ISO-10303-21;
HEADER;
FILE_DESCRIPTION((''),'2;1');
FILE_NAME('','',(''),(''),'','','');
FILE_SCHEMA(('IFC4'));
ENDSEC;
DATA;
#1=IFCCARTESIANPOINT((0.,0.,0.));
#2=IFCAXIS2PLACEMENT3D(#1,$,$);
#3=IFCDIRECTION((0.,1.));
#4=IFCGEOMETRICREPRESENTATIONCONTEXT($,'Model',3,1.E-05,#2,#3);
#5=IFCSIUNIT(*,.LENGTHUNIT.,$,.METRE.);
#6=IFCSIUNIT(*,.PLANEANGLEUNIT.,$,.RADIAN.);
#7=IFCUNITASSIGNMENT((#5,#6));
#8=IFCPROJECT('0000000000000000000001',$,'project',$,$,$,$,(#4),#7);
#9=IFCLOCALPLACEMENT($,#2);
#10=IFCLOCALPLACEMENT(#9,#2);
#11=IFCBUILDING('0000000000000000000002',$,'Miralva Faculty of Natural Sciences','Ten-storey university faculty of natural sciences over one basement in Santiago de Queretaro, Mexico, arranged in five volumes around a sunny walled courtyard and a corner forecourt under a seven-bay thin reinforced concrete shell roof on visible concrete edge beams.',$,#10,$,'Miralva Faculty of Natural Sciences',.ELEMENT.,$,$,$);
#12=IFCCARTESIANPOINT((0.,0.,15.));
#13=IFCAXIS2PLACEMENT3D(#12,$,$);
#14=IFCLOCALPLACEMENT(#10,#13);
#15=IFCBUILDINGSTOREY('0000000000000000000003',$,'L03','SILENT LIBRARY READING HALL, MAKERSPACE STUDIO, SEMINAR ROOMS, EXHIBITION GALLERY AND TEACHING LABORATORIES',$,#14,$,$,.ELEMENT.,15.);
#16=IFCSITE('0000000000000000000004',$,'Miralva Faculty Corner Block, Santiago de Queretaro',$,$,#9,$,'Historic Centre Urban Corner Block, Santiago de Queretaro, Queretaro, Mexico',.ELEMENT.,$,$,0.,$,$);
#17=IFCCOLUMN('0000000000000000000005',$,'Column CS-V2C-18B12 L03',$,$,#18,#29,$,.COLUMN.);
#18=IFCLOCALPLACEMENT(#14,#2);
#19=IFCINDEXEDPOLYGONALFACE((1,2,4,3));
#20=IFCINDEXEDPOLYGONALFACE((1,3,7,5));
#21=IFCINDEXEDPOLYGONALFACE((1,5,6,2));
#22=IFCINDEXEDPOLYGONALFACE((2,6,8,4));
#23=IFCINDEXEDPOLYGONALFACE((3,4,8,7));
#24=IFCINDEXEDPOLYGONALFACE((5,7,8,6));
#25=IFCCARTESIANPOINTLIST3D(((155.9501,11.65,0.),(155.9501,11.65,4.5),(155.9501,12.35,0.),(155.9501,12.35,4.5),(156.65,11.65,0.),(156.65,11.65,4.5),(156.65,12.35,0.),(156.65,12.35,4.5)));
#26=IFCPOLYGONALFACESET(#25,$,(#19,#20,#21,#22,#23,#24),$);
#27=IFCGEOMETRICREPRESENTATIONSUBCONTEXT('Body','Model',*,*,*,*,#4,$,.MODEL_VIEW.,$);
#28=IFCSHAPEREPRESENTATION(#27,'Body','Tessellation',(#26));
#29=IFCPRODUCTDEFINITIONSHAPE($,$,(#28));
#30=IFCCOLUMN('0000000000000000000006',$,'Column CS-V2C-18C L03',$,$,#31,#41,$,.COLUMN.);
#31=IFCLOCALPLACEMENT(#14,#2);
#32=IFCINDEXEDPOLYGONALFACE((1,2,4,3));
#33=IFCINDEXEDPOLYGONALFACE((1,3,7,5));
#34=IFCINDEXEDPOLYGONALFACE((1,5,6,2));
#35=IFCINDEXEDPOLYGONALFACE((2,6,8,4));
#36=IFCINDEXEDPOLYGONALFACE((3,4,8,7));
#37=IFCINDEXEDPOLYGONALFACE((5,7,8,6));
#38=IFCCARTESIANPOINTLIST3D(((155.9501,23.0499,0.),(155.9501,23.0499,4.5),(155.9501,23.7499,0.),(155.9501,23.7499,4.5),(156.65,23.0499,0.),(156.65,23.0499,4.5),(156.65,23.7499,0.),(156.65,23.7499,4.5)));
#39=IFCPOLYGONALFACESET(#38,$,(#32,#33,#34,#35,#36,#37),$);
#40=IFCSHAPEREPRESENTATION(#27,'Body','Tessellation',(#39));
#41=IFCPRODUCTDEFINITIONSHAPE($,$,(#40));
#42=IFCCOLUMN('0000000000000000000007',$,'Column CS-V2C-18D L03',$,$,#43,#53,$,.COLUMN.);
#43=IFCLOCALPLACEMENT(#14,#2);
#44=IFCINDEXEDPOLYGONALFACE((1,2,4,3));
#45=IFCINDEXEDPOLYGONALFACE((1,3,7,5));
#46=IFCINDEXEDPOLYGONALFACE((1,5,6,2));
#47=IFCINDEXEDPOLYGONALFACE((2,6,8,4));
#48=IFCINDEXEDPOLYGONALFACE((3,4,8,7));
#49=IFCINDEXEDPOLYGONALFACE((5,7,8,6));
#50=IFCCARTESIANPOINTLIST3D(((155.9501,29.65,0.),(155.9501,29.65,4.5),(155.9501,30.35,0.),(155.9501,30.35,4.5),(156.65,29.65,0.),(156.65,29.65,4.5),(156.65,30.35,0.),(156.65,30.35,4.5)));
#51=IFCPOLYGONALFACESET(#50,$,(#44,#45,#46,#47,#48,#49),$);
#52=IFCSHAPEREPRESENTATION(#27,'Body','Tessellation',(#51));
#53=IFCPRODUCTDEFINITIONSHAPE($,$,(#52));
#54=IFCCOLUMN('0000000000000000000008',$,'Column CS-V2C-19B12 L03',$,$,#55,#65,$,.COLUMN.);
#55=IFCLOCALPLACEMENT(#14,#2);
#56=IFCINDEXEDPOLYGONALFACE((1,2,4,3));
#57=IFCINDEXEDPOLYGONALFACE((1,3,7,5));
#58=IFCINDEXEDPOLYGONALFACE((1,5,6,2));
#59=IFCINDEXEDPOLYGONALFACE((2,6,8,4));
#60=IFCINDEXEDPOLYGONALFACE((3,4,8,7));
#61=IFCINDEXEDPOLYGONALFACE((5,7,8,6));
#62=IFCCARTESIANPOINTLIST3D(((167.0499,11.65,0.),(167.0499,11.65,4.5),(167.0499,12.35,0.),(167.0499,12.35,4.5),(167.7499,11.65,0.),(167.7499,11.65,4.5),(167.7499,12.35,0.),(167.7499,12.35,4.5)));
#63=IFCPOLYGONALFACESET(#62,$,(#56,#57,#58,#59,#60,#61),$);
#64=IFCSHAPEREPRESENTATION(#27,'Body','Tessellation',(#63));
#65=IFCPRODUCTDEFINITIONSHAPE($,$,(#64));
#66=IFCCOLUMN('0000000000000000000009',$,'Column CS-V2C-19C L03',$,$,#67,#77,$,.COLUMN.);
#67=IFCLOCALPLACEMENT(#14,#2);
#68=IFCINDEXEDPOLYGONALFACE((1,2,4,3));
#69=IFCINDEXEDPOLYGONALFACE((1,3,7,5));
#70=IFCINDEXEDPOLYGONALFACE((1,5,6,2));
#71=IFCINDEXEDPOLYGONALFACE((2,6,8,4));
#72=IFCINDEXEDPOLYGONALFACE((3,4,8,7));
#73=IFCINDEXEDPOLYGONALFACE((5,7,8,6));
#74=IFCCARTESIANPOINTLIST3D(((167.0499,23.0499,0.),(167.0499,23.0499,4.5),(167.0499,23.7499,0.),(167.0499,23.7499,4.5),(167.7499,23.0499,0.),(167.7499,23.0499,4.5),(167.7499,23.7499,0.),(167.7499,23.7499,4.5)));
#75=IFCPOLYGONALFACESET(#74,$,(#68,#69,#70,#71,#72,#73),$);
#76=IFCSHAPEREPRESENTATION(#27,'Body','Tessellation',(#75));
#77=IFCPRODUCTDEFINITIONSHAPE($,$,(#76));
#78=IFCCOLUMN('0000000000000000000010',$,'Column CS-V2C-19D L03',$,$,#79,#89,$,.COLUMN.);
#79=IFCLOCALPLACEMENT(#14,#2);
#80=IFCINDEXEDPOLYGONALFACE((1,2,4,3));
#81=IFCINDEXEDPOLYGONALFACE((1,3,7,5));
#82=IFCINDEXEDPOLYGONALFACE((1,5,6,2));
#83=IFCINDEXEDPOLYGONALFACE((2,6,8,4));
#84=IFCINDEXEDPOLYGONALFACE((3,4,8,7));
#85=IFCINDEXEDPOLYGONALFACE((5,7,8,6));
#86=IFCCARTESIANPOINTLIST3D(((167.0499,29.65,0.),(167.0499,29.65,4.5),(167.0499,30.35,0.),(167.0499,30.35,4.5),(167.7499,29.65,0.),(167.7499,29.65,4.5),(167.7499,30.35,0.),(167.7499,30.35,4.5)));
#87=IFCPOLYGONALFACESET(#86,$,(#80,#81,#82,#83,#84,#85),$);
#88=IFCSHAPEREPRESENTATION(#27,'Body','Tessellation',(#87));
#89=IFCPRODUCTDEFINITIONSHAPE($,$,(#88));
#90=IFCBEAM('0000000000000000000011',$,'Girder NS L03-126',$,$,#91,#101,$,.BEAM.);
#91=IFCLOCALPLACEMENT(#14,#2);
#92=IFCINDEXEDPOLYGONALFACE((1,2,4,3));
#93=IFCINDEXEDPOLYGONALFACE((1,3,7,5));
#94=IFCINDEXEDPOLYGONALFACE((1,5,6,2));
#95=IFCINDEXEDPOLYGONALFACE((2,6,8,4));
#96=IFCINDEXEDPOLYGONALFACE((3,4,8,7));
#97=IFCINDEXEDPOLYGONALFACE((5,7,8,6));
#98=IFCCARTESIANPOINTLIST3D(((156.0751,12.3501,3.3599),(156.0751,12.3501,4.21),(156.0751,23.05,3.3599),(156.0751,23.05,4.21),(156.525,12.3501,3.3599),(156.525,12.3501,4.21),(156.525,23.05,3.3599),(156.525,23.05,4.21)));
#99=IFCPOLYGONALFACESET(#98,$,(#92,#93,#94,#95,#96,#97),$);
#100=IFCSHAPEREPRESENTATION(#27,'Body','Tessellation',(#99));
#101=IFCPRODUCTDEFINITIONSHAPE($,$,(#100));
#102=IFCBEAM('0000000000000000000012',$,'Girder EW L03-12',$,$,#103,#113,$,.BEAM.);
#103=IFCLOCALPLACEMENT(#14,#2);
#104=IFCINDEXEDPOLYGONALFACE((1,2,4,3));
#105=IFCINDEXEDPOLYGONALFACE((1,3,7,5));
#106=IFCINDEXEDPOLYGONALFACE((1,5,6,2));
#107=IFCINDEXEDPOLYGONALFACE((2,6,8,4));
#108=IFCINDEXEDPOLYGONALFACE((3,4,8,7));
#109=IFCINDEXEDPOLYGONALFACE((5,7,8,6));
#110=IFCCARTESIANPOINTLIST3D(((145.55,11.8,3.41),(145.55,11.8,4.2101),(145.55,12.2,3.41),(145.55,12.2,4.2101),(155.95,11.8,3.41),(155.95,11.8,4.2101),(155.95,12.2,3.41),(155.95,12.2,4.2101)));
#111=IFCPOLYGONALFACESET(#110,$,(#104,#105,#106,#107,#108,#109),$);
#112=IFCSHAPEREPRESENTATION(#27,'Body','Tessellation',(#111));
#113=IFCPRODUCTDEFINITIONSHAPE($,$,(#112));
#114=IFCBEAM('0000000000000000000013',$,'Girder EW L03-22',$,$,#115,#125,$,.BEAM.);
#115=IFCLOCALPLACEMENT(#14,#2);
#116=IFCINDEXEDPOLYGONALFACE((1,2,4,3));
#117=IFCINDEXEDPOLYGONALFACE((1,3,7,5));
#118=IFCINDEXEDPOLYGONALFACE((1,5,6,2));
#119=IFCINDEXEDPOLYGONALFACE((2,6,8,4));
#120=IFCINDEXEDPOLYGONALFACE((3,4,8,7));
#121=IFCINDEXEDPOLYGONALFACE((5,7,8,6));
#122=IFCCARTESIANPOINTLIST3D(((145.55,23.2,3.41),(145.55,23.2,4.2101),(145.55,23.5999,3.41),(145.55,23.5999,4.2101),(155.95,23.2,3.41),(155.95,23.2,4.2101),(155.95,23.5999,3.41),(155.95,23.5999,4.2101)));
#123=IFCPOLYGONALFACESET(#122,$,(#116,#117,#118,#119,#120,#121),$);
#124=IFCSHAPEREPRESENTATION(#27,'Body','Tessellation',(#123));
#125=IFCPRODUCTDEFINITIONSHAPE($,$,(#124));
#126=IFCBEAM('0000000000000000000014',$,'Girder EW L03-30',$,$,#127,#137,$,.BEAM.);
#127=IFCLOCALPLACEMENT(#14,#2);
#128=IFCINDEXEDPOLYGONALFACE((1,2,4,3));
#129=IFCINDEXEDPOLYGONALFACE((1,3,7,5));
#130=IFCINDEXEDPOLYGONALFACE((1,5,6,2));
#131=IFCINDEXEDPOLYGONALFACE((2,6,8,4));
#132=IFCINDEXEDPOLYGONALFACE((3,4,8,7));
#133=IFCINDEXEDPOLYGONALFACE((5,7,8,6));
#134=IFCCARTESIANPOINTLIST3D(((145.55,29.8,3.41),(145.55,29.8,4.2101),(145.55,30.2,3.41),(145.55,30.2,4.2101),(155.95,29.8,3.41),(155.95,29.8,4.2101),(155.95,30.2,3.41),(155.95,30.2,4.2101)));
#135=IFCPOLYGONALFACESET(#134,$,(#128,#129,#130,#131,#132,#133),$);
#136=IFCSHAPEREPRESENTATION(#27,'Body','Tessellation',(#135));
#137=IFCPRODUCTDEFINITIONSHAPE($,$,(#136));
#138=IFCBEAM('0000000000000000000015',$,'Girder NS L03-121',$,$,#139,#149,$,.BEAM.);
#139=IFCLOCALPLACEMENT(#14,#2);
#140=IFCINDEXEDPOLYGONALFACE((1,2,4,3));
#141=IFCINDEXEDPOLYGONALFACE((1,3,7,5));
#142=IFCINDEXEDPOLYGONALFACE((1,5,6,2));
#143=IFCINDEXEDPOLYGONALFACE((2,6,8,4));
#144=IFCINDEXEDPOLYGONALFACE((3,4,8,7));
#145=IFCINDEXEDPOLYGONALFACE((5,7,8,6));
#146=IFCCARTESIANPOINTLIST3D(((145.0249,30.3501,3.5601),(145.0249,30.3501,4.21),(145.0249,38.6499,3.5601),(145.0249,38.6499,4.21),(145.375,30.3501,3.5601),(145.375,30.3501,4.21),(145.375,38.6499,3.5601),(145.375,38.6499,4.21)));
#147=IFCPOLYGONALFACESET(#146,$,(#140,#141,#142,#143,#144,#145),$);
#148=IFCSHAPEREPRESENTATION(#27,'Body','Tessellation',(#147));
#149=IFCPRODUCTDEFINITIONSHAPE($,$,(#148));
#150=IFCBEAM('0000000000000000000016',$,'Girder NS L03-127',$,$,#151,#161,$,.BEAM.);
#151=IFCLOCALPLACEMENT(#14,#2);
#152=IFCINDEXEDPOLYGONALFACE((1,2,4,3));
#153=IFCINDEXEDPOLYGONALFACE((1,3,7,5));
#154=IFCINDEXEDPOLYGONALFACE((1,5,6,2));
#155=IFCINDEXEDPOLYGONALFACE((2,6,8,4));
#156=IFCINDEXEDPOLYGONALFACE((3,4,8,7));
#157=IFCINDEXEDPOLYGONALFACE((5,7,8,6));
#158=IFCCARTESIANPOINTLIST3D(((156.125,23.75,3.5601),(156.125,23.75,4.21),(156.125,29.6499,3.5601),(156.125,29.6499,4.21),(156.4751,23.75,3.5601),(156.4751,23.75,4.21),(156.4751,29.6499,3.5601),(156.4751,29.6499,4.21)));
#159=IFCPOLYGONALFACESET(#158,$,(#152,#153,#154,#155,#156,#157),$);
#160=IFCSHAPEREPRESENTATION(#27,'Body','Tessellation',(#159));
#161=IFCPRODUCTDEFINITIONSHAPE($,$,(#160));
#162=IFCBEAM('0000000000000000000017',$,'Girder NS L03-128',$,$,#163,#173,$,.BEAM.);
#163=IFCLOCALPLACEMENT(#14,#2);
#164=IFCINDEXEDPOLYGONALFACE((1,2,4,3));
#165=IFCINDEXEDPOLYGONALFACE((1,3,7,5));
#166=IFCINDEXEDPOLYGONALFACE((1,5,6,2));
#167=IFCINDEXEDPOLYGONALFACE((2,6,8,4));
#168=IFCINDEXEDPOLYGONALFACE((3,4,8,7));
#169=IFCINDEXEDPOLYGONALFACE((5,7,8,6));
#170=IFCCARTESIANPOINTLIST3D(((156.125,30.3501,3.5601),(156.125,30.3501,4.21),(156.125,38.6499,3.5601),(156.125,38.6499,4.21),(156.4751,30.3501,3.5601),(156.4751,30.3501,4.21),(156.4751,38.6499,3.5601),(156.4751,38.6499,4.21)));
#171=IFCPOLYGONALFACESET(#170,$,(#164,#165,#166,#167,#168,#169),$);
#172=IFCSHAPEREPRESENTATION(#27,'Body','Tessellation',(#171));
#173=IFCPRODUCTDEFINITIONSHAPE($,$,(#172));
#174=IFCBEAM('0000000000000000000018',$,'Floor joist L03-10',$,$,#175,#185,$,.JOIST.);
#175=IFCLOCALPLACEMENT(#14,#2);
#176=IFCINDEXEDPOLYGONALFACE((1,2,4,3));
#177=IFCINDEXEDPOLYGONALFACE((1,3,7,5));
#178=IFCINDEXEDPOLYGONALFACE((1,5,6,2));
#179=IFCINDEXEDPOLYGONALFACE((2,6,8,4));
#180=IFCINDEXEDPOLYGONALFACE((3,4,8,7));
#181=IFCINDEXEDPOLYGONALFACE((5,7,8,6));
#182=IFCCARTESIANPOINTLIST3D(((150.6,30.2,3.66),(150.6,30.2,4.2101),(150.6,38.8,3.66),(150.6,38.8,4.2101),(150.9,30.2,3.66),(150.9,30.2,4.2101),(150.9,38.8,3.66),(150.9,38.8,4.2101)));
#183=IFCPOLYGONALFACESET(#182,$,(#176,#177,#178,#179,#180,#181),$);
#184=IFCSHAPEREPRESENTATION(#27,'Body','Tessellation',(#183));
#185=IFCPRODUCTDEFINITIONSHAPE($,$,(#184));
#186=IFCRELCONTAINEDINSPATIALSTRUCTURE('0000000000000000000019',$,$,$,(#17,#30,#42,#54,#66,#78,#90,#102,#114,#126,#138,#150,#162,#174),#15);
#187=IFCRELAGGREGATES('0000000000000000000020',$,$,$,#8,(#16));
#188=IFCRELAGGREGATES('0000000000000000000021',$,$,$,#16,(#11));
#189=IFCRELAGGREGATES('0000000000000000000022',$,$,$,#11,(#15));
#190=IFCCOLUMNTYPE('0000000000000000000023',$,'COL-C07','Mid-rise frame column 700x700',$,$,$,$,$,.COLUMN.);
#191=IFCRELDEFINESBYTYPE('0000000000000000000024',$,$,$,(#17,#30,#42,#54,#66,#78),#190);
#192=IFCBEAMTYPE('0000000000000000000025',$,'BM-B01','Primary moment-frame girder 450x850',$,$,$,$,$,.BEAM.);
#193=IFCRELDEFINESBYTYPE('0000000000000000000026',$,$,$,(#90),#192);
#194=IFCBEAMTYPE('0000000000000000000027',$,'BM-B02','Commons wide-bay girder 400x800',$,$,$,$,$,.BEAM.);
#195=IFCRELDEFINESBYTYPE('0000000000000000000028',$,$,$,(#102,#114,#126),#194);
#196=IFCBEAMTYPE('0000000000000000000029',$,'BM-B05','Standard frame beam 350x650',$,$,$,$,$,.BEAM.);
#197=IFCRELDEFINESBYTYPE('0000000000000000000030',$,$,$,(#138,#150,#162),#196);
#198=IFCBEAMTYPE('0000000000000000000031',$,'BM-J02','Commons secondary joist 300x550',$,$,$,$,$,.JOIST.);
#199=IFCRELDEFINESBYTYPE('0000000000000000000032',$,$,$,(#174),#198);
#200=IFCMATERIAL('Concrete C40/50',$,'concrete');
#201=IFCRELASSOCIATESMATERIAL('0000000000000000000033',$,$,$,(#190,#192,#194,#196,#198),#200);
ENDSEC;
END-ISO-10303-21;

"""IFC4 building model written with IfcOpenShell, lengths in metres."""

from ifc_helpers import new_model, si_unit, direction, frame, origin, origin_2d, place, context, subcontext, project, spatial, rectangle, extrude, material, material_profile, profile_set, type_object, element, save


model = new_model("IFC4")

# Units and contexts
model_context = context("Model", 3, precision=1e-05, world=origin(), true_north=direction((0.0, 1.0)))
body_context = subcontext(model_context, "Body", "Model", "MODEL_VIEW")
ifc_project = project(units=[si_unit("LENGTHUNIT", "METRE"), si_unit("PLANEANGLEUNIT", "RADIAN")], contexts=[model_context])

# Site, building, storey
site_placement = place(None, origin())
site = spatial("IfcSite", under=ifc_project, at=site_placement, Name="Miralva Faculty Corner Block, Santiago de Queretaro", LongName="Historic Centre Urban Corner Block, Santiago de Queretaro, Queretaro, Mexico", CompositionType="ELEMENT", RefElevation=0.0)
building_placement = place(site_placement, origin())
building = spatial("IfcBuilding", under=site, at=building_placement, Name="Miralva Faculty of Natural Sciences", Description="Ten-storey university faculty of natural sciences over one basement in Santiago de Queretaro, Mexico, arranged in five volumes around a sunny walled courtyard and a corner forecourt under a seven-bay thin reinforced concrete shell roof on visible concrete edge beams.", LongName="Miralva Faculty of Natural Sciences", CompositionType="ELEMENT")
storey_placement = place(building_placement, frame((0.0, 0.0, 15.0)))
storey = spatial("IfcBuildingStorey", under=building, at=storey_placement, Name="L03", Description="SILENT LIBRARY READING HALL, MAKERSPACE STUDIO, SEMINAR ROOMS, EXHIBITION GALLERY AND TEACHING LABORATORIES", CompositionType="ELEMENT", Elevation=15.0)

# Columns
ifc_material_1 = material(Name="Concrete C40/50", Category="concrete")
ifc_material_profile_1 = material_profile(ifc_material_1, rectangle(XDim=0.7, YDim=0.7, at=origin_2d()), Name="RC 700x700")
ifc_profile_set_1 = profile_set([ifc_material_profile_1], Name="Concrete C40/50")
column_type = type_object("IfcColumnType", Name="COL-C07", Description="Mid-rise frame column 700x700", PredefinedType="COLUMN", material=ifc_profile_set_1)
for number, where, z_axis, x_axis, name in (
    (1, (156.3, 12.0, 0.0), (0.0, 0.0, 1.0), (1.0, 0.0, 0.0), "Column CS-V2C-18B12 L03"),
    (2, (156.3, 23.3999, 0.0), (0.0, 0.0, 1.0), (1.0, 0.0, 0.0), "Column CS-V2C-18C L03"),
    (3, (156.3, 30.0, 0.0), (0.0, 0.0, 1.0), (1.0, 0.0, 0.0), "Column CS-V2C-18D L03"),
    (4, (167.3999, 12.0, 0.0), (0.0, 0.0, 1.0), (1.0, 0.0, 0.0), "Column CS-V2C-19B12 L03"),
    (5, (167.3999, 23.3999, 0.0), (0.0, 0.0, 1.0), (1.0, 0.0, 0.0), "Column CS-V2C-19C L03"),
    (6, (167.3999, 30.0, 0.0), (0.0, 0.0, 1.0), (1.0, 0.0, 0.0), "Column CS-V2C-19D L03"),
):
    element("IfcColumn", number, at=place(storey_placement, frame(where, z_axis=z_axis, x_axis=x_axis)), inside=storey, type_object=column_type, Name=name, PredefinedType="COLUMN", context=body_context, shape_type="SweptSolid", body=[
        extrude(rectangle(XDim=0.7, YDim=0.7, at=origin_2d()), origin(), (0.0, 0.0, 1.0), 4.5),
    ])

# Beams
ifc_material_profile_2 = material_profile(ifc_material_1, rectangle(XDim=0.45, YDim=0.8501, at=origin_2d()), Name="RC 450x850")
ifc_profile_set_2 = profile_set([ifc_material_profile_2], Name="Concrete C40/50")
beam_type_1 = type_object("IfcBeamType", Name="BM-B01", Description="Primary moment-frame girder 450x850", PredefinedType="BEAM", material=ifc_profile_set_2)
beam_1_placement = place(storey_placement, frame((156.3, 12.3501, 3.7849), z_axis=(0.0, 1.0, 0.0), x_axis=(-1.0, 0.0, 0.0)))
element("IfcBeam", 7, at=beam_1_placement, inside=storey, type_object=beam_type_1, Name="Girder NS L03-126", PredefinedType="BEAM", context=body_context, shape_type="SweptSolid", body=[
    extrude(rectangle(XDim=0.45, YDim=0.8501, at=origin_2d()), origin(), (0.0, 0.0, 1.0), 10.7),
])
ifc_material_profile_3 = material_profile(ifc_material_1, rectangle(XDim=0.3999, YDim=0.8, at=origin_2d()), Name="RC 400x800")
ifc_profile_set_3 = profile_set([ifc_material_profile_3], Name="Concrete C40/50")
beam_type_2 = type_object("IfcBeamType", Name="BM-B02", Description="Commons wide-bay girder 400x800", PredefinedType="BEAM", material=ifc_profile_set_3)
for number, where, z_axis, x_axis, name in (
    (8, (145.55, 12.0, 3.8101), (1.0, 0.0, 0.0), (0.0, 1.0, 0.0), "Girder EW L03-12"),
    (9, (145.55, 23.3999, 3.8101), (1.0, 0.0, 0.0), (0.0, 1.0, 0.0), "Girder EW L03-22"),
    (10, (145.55, 30.0, 3.8101), (1.0, 0.0, 0.0), (0.0, 1.0, 0.0), "Girder EW L03-30"),
):
    element("IfcBeam", number, at=place(storey_placement, frame(where, z_axis=z_axis, x_axis=x_axis)), inside=storey, type_object=beam_type_2, Name=name, PredefinedType="BEAM", context=body_context, shape_type="SweptSolid", body=[
        extrude(rectangle(XDim=0.3999, YDim=0.8, at=origin_2d()), origin(), (0.0, 0.0, 1.0), 10.3999),
    ])
ifc_material_profile_4 = material_profile(ifc_material_1, rectangle(XDim=0.3501, YDim=0.6499, at=origin_2d()), Name="RC 350x650")
ifc_profile_set_4 = profile_set([ifc_material_profile_4], Name="Concrete C40/50")
beam_type_3 = type_object("IfcBeamType", Name="BM-B05", Description="Standard frame beam 350x650", PredefinedType="BEAM", material=ifc_profile_set_4)
beam_2_placement = place(storey_placement, frame((145.2, 30.3501, 3.885), z_axis=(0.0, 1.0, 0.0), x_axis=(-1.0, 0.0, 0.0)))
element("IfcBeam", 11, at=beam_2_placement, inside=storey, type_object=beam_type_3, Name="Girder NS L03-121", PredefinedType="BEAM", context=body_context, shape_type="SweptSolid", body=[
    extrude(rectangle(XDim=0.3501, YDim=0.6499, at=origin_2d()), origin(), (0.0, 0.0, 1.0), 8.2998),
])
beam_3_placement = place(storey_placement, frame((156.3, 23.75, 3.885), z_axis=(0.0, 1.0, 0.0), x_axis=(-1.0, 0.0, 0.0)))
element("IfcBeam", 12, at=beam_3_placement, inside=storey, type_object=beam_type_3, Name="Girder NS L03-127", PredefinedType="BEAM", context=body_context, shape_type="SweptSolid", body=[
    extrude(rectangle(XDim=0.3501, YDim=0.6499, at=origin_2d()), origin(), (0.0, 0.0, 1.0), 5.8999),
])
beam_4_placement = place(storey_placement, frame((156.3, 30.3501, 3.885), z_axis=(0.0, 1.0, 0.0), x_axis=(-1.0, 0.0, 0.0)))
element("IfcBeam", 13, at=beam_4_placement, inside=storey, type_object=beam_type_3, Name="Girder NS L03-128", PredefinedType="BEAM", context=body_context, shape_type="SweptSolid", body=[
    extrude(rectangle(XDim=0.3501, YDim=0.6499, at=origin_2d()), origin(), (0.0, 0.0, 1.0), 8.2998),
])
ifc_material_profile_5 = material_profile(ifc_material_1, rectangle(XDim=0.3, YDim=0.55, at=origin_2d()), Name="RC 300x550")
ifc_profile_set_5 = profile_set([ifc_material_profile_5], Name="Concrete C40/50")
beam_type_4 = type_object("IfcBeamType", Name="BM-J02", Description="Commons secondary joist 300x550", PredefinedType="JOIST", material=ifc_profile_set_5)
beam_5_placement = place(storey_placement, frame((150.75, 30.2, 3.9351), z_axis=(0.0, 1.0, 0.0), x_axis=(-1.0, 0.0, 0.0)))
element("IfcBeam", 14, at=beam_5_placement, inside=storey, type_object=beam_type_4, Name="Floor joist L03-10", PredefinedType="JOIST", context=body_context, shape_type="SweptSolid", body=[
    extrude(rectangle(XDim=0.3, YDim=0.55, at=origin_2d()), origin(), (0.0, 0.0, 1.0), 8.6001),
])

save(model, "model.ifc")
